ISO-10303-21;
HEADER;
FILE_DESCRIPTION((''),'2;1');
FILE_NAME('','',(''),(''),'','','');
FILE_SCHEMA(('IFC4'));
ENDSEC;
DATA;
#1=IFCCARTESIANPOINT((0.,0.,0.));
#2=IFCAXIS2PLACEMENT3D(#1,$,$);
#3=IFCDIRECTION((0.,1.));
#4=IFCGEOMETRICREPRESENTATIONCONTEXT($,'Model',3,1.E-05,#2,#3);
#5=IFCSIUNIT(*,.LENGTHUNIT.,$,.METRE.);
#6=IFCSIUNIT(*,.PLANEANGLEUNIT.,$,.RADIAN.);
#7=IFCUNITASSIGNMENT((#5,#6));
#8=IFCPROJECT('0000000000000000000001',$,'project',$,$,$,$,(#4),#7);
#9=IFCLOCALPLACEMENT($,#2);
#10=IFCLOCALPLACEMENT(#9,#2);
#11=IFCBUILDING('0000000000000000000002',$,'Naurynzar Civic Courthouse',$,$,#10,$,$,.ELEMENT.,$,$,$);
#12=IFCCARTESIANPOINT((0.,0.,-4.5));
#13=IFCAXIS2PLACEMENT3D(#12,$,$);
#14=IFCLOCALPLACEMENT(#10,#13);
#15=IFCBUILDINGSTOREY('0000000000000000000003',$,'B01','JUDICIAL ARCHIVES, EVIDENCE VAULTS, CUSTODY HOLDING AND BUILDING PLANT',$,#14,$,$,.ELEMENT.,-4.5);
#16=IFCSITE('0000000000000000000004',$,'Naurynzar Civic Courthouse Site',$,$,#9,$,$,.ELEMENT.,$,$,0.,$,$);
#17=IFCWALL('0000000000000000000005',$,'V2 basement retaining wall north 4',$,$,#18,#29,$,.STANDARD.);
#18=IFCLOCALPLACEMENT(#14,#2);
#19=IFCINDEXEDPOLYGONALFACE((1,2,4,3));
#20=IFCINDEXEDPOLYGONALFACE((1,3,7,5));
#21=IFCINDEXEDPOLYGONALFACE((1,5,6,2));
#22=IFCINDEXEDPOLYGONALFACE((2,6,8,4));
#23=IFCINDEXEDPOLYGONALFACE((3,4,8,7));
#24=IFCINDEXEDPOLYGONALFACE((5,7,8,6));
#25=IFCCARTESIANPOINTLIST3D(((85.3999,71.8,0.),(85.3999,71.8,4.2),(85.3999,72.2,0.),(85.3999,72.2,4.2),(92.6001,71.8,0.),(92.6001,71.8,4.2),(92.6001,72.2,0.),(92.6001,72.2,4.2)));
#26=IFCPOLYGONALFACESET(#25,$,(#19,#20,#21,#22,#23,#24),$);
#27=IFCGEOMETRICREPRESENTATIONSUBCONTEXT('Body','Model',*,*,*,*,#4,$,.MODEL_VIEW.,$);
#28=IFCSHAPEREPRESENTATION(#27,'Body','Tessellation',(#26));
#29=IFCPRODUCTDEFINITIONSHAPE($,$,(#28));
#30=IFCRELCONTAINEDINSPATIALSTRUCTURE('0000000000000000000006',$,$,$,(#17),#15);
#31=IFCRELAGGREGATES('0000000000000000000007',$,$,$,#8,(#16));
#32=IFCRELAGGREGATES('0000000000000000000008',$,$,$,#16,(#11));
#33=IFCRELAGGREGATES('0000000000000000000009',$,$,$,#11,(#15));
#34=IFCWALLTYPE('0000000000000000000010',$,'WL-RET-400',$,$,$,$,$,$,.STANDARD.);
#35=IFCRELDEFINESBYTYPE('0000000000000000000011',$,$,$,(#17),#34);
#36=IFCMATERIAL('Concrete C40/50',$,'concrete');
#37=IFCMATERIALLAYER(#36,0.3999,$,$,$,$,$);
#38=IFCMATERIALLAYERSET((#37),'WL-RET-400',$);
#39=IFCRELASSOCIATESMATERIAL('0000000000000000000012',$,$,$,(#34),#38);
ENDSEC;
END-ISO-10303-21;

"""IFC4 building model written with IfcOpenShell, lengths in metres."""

from ifc_helpers import new_model, si_unit, direction, frame, frame_2d, origin, place, context, subcontext, project, spatial, rectangle, extrude, material, layer, layer_set, type_object, element, save


model = new_model("IFC4")

# Units and contexts
model_context = context("Model", 3, precision=1e-05, world=origin(), true_north=direction((0.0, 1.0)))
body_context = subcontext(model_context, "Body", "Model", "MODEL_VIEW")
ifc_project = project(units=[si_unit("LENGTHUNIT", "METRE"), si_unit("PLANEANGLEUNIT", "RADIAN")], contexts=[model_context])

# Site, building, storey
site_placement = place(None, origin())
site = spatial("IfcSite", under=ifc_project, at=site_placement, Name="Naurynzar Civic Courthouse Site", CompositionType="ELEMENT", RefElevation=0.0)
building_placement = place(site_placement, origin())
building = spatial("IfcBuilding", under=site, at=building_placement, Name="Naurynzar Civic Courthouse", CompositionType="ELEMENT")
storey_placement = place(building_placement, frame((0.0, 0.0, -4.5)))
storey = spatial("IfcBuildingStorey", under=building, at=storey_placement, Name="B01", Description="JUDICIAL ARCHIVES, EVIDENCE VAULTS, CUSTODY HOLDING AND BUILDING PLANT", CompositionType="ELEMENT", Elevation=-4.5)

# Wall
ifc_material_1 = material(Name="Concrete C40/50", Category="concrete")
ifc_layer = layer(ifc_material_1, 0.3999)
ifc_layer_set = layer_set([ifc_layer], Name="WL-RET-400")
wall_type = type_object("IfcWallType", Name="WL-RET-400", PredefinedType="STANDARD", material=ifc_layer_set)
wall_placement = place(storey_placement, frame((85.3999, 72.0, 0.0), z_axis=(0.0, 0.0, 1.0), x_axis=(1.0, 0.0, 0.0)))
element("IfcWall", 1, at=wall_placement, inside=storey, type_object=wall_type, Name="V2 basement retaining wall north 4", PredefinedType="STANDARD", context=body_context, shape_type="SweptSolid", body=[
    extrude(rectangle(XDim=7.2002, YDim=0.3999, at=frame_2d((3.6001, 0.0))), origin(), (0.0, 0.0, 1.0), 4.2),
])

save(model, "model.ifc")
